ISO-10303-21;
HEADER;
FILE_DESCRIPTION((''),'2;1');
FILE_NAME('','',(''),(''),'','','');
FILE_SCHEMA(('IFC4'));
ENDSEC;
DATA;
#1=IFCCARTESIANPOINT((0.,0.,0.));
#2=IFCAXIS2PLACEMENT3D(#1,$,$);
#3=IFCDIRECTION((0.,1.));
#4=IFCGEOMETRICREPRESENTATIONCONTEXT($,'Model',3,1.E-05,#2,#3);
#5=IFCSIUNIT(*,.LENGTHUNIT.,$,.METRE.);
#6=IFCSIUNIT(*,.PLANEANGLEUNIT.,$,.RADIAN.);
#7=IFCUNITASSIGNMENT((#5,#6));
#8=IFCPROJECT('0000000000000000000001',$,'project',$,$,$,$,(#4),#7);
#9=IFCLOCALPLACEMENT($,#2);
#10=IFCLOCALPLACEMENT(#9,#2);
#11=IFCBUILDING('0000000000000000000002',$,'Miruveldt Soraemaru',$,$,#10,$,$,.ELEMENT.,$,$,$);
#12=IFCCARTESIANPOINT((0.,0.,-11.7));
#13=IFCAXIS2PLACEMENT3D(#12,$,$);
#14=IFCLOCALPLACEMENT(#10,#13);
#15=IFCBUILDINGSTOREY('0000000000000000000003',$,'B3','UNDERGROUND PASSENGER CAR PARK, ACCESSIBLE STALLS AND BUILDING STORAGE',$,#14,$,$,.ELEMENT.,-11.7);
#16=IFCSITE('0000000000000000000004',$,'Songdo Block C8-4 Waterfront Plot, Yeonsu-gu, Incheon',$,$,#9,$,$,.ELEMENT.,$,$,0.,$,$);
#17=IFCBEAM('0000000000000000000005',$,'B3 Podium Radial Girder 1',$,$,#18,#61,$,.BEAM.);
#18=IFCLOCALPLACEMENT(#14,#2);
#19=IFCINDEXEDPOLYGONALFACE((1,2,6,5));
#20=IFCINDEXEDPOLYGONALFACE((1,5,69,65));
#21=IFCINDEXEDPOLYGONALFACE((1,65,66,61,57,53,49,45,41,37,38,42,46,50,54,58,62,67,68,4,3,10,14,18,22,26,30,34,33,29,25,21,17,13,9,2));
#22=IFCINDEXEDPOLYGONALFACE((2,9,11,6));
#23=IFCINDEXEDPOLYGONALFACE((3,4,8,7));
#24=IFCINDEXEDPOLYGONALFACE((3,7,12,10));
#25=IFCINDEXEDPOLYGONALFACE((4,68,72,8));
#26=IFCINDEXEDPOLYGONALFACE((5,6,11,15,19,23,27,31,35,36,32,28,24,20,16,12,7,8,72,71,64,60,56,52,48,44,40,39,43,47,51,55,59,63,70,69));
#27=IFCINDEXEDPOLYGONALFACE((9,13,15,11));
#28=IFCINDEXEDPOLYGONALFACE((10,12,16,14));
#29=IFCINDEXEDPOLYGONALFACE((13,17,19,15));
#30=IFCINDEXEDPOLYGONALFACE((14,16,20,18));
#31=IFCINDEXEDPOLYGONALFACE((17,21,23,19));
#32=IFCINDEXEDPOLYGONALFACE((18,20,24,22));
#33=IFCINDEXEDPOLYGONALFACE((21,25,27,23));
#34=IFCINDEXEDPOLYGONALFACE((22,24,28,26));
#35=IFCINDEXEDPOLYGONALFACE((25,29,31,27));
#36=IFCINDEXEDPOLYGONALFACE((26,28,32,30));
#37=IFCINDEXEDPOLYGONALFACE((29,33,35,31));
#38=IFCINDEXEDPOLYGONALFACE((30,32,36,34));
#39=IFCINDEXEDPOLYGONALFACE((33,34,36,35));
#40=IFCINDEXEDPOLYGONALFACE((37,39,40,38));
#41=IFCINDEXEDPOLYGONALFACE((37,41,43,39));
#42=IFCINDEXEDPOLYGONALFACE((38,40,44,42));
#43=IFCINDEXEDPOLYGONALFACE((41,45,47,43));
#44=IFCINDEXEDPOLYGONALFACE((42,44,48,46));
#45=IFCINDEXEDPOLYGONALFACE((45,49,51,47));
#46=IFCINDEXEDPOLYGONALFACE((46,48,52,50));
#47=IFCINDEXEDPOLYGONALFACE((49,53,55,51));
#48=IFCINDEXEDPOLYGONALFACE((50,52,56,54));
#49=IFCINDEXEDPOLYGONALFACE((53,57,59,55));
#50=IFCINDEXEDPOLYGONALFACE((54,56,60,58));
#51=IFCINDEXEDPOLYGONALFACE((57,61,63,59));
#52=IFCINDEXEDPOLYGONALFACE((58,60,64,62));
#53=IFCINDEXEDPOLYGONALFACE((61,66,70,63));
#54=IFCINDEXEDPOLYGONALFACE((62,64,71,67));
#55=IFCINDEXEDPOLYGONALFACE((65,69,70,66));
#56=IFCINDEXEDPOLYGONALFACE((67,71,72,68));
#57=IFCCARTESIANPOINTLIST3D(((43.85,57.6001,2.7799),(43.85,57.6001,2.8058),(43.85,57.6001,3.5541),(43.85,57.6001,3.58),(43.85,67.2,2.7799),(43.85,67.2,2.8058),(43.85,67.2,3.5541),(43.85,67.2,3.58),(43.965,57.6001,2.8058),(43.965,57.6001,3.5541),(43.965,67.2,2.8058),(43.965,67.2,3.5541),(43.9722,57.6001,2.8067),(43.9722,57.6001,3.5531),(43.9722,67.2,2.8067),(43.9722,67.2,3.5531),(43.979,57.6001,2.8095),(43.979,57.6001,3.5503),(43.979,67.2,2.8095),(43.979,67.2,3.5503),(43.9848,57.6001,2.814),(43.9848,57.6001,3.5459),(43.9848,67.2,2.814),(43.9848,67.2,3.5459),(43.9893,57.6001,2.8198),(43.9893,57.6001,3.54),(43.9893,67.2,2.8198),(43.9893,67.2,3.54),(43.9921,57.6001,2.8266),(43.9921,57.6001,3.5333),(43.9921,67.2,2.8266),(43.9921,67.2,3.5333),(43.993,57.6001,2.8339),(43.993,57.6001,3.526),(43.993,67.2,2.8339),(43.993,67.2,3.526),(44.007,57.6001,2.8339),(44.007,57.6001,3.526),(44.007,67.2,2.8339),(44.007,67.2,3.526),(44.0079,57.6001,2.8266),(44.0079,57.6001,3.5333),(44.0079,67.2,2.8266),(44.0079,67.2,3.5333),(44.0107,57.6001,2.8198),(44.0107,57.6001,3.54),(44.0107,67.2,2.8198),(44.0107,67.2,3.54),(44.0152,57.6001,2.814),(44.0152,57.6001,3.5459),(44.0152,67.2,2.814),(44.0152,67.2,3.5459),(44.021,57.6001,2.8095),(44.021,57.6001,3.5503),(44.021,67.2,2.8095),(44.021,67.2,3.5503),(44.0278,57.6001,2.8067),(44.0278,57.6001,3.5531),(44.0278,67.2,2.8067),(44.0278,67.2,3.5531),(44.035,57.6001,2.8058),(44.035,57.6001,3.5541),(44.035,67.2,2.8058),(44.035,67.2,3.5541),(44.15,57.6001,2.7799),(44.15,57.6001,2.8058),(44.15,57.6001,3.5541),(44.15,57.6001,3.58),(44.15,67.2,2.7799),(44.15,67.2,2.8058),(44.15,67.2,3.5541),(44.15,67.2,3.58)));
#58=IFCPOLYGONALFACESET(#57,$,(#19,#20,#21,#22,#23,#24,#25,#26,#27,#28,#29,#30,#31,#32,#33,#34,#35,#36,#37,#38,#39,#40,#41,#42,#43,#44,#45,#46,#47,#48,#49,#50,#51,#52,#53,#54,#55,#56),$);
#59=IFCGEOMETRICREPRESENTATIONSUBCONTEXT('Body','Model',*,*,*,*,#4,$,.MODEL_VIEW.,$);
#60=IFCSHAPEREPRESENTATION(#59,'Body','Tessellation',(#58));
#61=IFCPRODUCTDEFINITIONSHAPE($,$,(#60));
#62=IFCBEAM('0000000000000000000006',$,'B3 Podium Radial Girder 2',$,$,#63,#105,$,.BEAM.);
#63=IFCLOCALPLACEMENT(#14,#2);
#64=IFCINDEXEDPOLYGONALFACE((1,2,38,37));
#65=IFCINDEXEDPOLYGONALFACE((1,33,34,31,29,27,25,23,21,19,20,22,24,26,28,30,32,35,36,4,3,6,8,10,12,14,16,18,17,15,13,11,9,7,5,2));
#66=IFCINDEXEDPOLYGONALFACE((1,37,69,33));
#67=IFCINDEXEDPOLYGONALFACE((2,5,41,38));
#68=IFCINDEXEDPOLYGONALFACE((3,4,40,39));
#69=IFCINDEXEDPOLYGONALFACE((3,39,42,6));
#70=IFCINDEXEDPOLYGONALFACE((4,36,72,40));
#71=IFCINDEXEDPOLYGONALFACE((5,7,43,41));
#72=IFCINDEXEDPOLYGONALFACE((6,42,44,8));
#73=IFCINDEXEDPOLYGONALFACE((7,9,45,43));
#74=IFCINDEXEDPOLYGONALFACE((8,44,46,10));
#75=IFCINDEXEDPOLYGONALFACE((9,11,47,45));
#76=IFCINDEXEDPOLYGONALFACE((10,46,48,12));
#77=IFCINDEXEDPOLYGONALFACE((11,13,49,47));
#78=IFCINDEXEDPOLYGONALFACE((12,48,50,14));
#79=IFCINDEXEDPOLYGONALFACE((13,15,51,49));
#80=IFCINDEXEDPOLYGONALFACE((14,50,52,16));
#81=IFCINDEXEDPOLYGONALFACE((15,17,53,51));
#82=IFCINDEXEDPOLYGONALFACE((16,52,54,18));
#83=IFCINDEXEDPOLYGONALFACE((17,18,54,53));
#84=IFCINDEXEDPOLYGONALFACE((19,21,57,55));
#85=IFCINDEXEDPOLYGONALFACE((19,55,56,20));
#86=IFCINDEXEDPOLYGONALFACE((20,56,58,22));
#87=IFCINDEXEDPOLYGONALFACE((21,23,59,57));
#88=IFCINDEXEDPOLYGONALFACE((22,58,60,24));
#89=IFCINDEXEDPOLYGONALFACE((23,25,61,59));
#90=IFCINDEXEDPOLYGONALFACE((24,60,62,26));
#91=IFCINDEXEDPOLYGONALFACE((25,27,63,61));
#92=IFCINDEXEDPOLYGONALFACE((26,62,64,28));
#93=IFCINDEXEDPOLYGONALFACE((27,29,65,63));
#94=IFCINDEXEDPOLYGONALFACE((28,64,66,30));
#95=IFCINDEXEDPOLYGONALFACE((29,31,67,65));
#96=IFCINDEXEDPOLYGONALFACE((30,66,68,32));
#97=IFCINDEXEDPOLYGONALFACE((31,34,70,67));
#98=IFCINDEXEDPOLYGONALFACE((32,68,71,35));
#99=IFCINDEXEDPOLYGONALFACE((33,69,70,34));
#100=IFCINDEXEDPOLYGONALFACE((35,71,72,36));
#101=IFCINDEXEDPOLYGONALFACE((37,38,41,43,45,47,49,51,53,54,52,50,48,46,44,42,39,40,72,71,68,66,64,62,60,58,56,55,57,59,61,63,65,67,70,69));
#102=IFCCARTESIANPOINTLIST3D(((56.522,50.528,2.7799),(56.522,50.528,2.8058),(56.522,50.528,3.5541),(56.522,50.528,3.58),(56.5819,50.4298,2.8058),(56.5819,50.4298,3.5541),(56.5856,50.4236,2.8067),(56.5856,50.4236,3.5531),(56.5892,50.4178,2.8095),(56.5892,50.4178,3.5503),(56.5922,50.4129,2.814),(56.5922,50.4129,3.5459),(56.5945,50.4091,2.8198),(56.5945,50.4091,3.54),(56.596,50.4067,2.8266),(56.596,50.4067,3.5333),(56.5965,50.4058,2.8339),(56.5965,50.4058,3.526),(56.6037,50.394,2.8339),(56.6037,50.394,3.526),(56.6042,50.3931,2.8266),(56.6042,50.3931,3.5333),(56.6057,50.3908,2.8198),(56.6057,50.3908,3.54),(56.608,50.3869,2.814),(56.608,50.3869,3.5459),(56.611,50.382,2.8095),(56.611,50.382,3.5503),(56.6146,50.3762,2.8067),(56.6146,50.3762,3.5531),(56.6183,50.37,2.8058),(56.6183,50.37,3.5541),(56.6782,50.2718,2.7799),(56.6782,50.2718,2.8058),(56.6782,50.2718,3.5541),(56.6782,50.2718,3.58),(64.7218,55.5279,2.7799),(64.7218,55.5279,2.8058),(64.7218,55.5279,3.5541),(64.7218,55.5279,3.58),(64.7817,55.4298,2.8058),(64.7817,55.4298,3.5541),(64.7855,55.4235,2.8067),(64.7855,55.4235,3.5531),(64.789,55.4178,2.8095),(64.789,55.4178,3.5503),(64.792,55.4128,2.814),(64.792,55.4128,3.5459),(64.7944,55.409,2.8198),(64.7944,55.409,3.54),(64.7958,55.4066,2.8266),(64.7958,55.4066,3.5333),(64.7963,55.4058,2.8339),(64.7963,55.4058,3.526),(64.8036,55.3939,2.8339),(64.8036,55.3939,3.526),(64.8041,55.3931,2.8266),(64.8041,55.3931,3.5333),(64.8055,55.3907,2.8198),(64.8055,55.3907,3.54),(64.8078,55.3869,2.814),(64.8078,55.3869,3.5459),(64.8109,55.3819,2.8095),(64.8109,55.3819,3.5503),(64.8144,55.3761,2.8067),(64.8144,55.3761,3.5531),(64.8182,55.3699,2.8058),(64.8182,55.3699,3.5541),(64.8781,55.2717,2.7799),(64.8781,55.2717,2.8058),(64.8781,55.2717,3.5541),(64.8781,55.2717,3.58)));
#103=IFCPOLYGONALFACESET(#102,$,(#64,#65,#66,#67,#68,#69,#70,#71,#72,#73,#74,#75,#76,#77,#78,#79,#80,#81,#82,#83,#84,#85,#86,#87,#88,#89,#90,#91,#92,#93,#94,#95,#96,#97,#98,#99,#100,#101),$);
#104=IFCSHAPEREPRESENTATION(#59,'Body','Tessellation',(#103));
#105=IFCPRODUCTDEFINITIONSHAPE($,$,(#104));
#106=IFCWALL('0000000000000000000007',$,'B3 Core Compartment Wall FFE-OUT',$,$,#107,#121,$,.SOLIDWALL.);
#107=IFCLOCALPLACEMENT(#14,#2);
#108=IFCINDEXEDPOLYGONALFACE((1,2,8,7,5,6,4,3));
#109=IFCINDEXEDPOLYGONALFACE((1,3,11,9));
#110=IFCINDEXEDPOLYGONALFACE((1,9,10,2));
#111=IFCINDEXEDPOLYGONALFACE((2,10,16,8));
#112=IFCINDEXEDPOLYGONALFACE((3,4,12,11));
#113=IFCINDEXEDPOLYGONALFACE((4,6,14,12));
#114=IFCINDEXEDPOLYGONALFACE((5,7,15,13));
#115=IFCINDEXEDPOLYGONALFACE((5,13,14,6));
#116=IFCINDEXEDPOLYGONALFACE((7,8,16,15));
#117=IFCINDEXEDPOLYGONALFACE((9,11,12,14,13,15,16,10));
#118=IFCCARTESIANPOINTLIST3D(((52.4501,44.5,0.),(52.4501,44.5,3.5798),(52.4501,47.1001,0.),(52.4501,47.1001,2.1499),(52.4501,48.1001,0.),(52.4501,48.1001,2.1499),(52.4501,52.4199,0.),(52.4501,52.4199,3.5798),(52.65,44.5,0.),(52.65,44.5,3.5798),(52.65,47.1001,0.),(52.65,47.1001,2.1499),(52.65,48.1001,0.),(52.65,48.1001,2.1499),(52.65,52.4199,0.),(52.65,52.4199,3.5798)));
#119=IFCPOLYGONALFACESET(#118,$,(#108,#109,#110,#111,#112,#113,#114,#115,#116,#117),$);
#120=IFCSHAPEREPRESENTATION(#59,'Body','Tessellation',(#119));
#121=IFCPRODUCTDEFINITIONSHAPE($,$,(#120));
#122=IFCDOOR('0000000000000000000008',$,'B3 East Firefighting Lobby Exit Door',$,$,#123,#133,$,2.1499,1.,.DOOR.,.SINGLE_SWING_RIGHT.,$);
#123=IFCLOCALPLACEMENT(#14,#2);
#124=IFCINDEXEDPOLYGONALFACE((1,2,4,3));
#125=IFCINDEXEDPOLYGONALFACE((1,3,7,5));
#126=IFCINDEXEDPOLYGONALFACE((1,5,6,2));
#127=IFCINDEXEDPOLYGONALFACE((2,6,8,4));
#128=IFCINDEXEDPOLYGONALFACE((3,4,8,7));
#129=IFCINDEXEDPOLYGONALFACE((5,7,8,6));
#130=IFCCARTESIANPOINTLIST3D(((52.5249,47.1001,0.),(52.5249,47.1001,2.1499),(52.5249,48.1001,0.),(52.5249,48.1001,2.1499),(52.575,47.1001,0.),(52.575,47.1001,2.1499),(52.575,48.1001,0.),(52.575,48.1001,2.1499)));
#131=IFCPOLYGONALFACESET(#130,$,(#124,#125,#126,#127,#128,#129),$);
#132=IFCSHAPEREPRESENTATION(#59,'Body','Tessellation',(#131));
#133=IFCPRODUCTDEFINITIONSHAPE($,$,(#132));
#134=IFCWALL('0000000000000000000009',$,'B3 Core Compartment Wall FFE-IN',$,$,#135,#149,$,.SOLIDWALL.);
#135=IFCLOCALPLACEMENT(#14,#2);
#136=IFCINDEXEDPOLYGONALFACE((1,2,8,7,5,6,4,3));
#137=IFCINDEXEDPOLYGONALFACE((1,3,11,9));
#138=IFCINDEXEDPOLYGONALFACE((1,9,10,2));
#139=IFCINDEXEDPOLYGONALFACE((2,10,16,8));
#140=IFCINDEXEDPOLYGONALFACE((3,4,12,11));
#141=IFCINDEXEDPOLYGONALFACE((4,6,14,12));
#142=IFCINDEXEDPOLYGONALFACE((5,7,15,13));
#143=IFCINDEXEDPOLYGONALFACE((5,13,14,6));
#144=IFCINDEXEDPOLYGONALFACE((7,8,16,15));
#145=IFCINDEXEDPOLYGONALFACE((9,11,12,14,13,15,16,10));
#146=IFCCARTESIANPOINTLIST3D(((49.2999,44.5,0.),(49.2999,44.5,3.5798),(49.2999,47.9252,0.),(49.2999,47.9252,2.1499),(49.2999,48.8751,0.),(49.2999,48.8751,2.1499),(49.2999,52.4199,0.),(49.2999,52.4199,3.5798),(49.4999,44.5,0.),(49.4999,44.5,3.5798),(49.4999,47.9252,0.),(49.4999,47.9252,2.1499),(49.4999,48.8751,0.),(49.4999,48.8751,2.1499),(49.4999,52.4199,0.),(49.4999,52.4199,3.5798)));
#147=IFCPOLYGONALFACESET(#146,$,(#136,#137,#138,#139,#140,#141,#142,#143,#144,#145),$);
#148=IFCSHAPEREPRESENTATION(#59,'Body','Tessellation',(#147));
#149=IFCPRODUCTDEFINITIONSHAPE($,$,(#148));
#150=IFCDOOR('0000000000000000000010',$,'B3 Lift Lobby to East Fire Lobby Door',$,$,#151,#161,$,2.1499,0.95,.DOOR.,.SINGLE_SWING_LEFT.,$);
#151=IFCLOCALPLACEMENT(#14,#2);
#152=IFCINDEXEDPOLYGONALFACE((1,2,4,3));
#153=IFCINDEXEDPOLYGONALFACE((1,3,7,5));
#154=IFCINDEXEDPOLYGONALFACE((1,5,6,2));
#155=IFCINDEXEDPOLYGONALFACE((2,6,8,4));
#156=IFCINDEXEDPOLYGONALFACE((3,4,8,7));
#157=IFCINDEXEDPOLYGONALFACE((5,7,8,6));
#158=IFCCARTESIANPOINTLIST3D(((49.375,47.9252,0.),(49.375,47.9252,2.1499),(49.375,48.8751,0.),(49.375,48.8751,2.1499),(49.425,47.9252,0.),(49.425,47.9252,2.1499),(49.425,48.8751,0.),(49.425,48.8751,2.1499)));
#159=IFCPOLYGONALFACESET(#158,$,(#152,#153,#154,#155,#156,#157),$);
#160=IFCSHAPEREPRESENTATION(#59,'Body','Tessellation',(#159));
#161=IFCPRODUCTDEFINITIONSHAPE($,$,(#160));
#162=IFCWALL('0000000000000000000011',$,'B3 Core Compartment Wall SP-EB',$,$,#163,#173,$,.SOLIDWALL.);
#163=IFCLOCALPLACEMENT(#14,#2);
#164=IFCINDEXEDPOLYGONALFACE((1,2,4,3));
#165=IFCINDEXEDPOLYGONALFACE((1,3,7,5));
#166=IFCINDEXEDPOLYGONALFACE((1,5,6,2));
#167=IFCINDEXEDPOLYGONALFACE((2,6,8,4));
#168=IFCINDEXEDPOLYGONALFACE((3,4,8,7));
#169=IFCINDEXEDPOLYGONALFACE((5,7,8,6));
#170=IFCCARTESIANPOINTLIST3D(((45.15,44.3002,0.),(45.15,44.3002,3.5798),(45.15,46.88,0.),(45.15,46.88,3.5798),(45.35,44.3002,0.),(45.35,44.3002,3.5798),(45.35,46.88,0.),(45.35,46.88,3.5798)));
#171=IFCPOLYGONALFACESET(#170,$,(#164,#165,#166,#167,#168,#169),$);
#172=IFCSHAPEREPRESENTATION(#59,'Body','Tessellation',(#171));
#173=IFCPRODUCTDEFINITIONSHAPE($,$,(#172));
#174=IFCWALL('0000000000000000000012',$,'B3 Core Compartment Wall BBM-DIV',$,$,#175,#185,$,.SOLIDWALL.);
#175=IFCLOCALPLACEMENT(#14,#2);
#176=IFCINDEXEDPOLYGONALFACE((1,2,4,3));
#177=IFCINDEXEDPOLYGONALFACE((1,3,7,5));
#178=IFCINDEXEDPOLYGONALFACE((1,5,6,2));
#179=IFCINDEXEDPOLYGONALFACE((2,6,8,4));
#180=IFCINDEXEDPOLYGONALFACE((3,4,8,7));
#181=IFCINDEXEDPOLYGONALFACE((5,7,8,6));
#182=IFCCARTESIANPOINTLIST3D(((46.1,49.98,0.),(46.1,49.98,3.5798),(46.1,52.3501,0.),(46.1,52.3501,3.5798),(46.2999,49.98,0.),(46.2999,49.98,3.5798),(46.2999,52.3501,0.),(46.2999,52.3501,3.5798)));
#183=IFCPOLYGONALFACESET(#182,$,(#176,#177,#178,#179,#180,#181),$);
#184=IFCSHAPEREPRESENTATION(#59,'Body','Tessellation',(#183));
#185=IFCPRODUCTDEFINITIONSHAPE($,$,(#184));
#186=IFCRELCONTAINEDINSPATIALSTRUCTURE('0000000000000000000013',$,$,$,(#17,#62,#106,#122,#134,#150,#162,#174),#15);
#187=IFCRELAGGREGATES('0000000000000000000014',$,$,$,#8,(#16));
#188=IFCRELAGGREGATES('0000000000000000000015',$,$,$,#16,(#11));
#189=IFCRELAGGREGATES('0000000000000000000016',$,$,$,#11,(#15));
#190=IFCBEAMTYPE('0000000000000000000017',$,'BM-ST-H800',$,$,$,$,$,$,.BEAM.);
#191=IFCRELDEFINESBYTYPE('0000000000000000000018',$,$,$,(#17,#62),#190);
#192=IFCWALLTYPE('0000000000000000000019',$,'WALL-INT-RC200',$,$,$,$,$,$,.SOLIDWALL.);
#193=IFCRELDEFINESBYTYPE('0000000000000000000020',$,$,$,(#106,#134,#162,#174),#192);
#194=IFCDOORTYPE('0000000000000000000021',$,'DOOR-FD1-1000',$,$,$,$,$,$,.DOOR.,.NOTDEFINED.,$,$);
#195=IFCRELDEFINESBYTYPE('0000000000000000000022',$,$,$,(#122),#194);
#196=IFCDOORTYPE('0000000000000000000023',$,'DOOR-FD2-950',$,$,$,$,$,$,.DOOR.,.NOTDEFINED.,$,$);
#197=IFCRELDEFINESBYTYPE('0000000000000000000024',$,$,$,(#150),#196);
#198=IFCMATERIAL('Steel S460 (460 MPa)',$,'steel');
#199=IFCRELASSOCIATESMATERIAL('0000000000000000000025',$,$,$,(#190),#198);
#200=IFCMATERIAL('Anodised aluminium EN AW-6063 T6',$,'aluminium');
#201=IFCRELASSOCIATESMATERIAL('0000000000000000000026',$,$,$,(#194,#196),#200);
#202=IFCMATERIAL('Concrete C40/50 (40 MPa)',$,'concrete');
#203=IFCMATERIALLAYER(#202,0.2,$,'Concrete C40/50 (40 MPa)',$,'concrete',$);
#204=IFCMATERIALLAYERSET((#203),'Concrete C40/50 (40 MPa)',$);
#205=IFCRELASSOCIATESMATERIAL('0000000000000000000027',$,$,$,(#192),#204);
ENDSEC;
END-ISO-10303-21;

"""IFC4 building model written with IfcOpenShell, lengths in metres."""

from ifc_helpers import new_model, si_unit, direction, frame, frame_2d, origin, origin_2d, place, context, subcontext, project, spatial, rectangle, i_section, extrude, material, layer, layer_set, material_profile, profile_set, type_object, element, fill, save


model = new_model("IFC4")

# Units and contexts
model_context = context("Model", 3, precision=1e-05, world=origin(), true_north=direction((0.0, 1.0)))
body_context = subcontext(model_context, "Body", "Model", "MODEL_VIEW")
ifc_project = project(units=[si_unit("LENGTHUNIT", "METRE"), si_unit("PLANEANGLEUNIT", "RADIAN")], contexts=[model_context])

# Site, building, storey
site_placement = place(None, origin())
site = spatial("IfcSite", under=ifc_project, at=site_placement, Name="Songdo Block C8-4 Waterfront Plot, Yeonsu-gu, Incheon", CompositionType="ELEMENT", RefElevation=0.0)
building_placement = place(site_placement, origin())
building = spatial("IfcBuilding", under=site, at=building_placement, Name="Miruveldt Soraemaru", CompositionType="ELEMENT")
storey_placement = place(building_placement, frame((0.0, 0.0, -11.7)))
storey = spatial("IfcBuildingStorey", under=building, at=storey_placement, Name="B3", Description="UNDERGROUND PASSENGER CAR PARK, ACCESSIBLE STALLS AND BUILDING STORAGE", CompositionType="ELEMENT", Elevation=-11.7)

# Beams
ifc_material_1 = material(Name="Steel S460 (460 MPa)", Category="steel")
ifc_material_profile_1 = material_profile(ifc_material_1, i_section(OverallWidth=0.3, OverallDepth=0.8, WebThickness=0.0139, FlangeThickness=0.0259, FilletRadius=0.0281, at=origin_2d()), Name="Steel S460 (460 MPa)", Category="steel")
ifc_profile_set_1 = profile_set([ifc_material_profile_1], Name="Steel S460 (460 MPa)")
beam_type_1 = type_object("IfcBeamType", Name="BM-ST-H800", PredefinedType="BEAM", material=ifc_profile_set_1)
beam_1_placement = place(storey_placement, frame((44.0, 57.6001, 3.1799), z_axis=(0.0, 1.0, 0.0), x_axis=(-1.0, 0.0, 0.0)))
element("IfcBeam", 1, at=beam_1_placement, inside=storey, type_object=beam_type_1, Name="B3 Podium Radial Girder 1", PredefinedType="BEAM", context=body_context, shape_type="SweptSolid", body=[
    extrude(i_section(OverallWidth=0.3, OverallDepth=0.8, WebThickness=0.0139, FlangeThickness=0.0259, FilletRadius=0.0281, at=origin_2d()), origin(), (0.0, 0.0, 1.0), 9.5999),
])
beam_2_placement = place(storey_placement, frame((56.6001, 50.3999, 3.1799), z_axis=(0.853795, 0.52061, 0.0), x_axis=(-0.52061, 0.853795, 0.0)))
element("IfcBeam", 2, at=beam_2_placement, inside=storey, type_object=beam_type_1, Name="B3 Podium Radial Girder 2", PredefinedType="BEAM", context=body_context, shape_type="SweptSolid", body=[
    extrude(i_section(OverallWidth=0.3, OverallDepth=0.8, WebThickness=0.0139, FlangeThickness=0.0259, FilletRadius=0.0281, at=origin_2d()), origin(), (0.0, 0.0, 1.0), 9.604),
])

# Walls, openings, doors
ifc_material_2 = material(Name="Anodised aluminium EN AW-6063 T6", Category="aluminium")
door_type_1 = type_object("IfcDoorType", Name="DOOR-FD1-1000", OperationType="NOTDEFINED", PredefinedType="DOOR", material=ifc_material_2)
ifc_material_3 = material(Name="Concrete C40/50 (40 MPa)", Category="concrete")
ifc_layer_1 = layer(ifc_material_3, 0.2, Name="Concrete C40/50 (40 MPa)", Category="concrete")
ifc_layer_set_1 = layer_set([ifc_layer_1], Name="Concrete C40/50 (40 MPa)")
wall_type_1 = type_object("IfcWallType", Name="WALL-INT-RC200", PredefinedType="SOLIDWALL", material=ifc_layer_set_1)
wall_1_placement = place(storey_placement, frame((52.55, 44.5, 0.0), z_axis=(0.0, 0.0, 1.0), x_axis=(0.0, 1.0, 0.0)))
wall_1 = element("IfcWall", 3, at=wall_1_placement, inside=storey, type_object=wall_type_1, Name="B3 Core Compartment Wall FFE-OUT", PredefinedType="SOLIDWALL", context=body_context, shape_type="SweptSolid", body=[
    extrude(rectangle(XDim=7.9199, YDim=0.2, at=frame_2d((3.96, 0.0))), origin(), (0.0, 0.0, 1.0), 3.5798),
])
opening_1_placement = place(wall_1_placement, frame((2.6001, 0.0, 0.0)))
opening_1 = element("IfcOpeningElement", 4, at=opening_1_placement, cuts=wall_1, PredefinedType="OPENING", context=body_context, shape_type="SweptSolid", body=[
    extrude(rectangle(XDim=1.0, YDim=2.1499, at=frame_2d((0.5, 1.075))), frame((0.0, 0.1099, 0.0), z_axis=(0.0, -1.0, 0.0), x_axis=(1.0, 0.0, 0.0)), (0.0, 0.0, 1.0), 0.22),
])
door_1_placement = place(opening_1_placement, frame((1.0, 0.0, 0.0), z_axis=(0.0, 0.0, 1.0), x_axis=(-1.0, 0.0, 0.0)))
door_1 = element("IfcDoor", 5, at=door_1_placement, inside=storey, type_object=door_type_1, Name="B3 East Firefighting Lobby Exit Door", OperationType="SINGLE_SWING_RIGHT", OverallHeight=2.1499, OverallWidth=1.0, PredefinedType="DOOR", context=body_context, shape_type="SweptSolid", body=[
    extrude(rectangle(XDim=1.0, YDim=2.1499, at=frame_2d((0.5, 1.075))), frame((0.0, 0.0249, 0.0), z_axis=(0.0, -1.0, 0.0), x_axis=(1.0, 0.0, 0.0)), (0.0, 0.0, 1.0), 0.05),
])
fill(opening_1, door_1)
wall_2_placement = place(storey_placement, frame((49.3999, 44.5, 0.0), z_axis=(0.0, 0.0, 1.0), x_axis=(0.0, 1.0, 0.0)))
wall_2 = element("IfcWall", 6, at=wall_2_placement, inside=storey, type_object=wall_type_1, Name="B3 Core Compartment Wall FFE-IN", PredefinedType="SOLIDWALL", context=body_context, shape_type="SweptSolid", body=[
    extrude(rectangle(XDim=7.9199, YDim=0.2, at=frame_2d((3.96, 0.0))), origin(), (0.0, 0.0, 1.0), 3.5798),
])
opening_2_placement = place(wall_2_placement, frame((3.425, 0.0, 0.0)))
opening_2 = element("IfcOpeningElement", 7, at=opening_2_placement, cuts=wall_2, PredefinedType="OPENING", context=body_context, shape_type="SweptSolid", body=[
    extrude(rectangle(XDim=0.95, YDim=2.1499, at=frame_2d((0.4751, 1.075))), frame((0.0, 0.1099, 0.0), z_axis=(0.0, -1.0, 0.0), x_axis=(1.0, 0.0, 0.0)), (0.0, 0.0, 1.0), 0.22),
])
door_type_2 = type_object("IfcDoorType", Name="DOOR-FD2-950", OperationType="NOTDEFINED", PredefinedType="DOOR", material=ifc_material_2)
door_2_placement = place(opening_2_placement, origin())
door_2 = element("IfcDoor", 8, at=door_2_placement, inside=storey, type_object=door_type_2, Name="B3 Lift Lobby to East Fire Lobby Door", OperationType="SINGLE_SWING_LEFT", OverallHeight=2.1499, OverallWidth=0.95, PredefinedType="DOOR", context=body_context, shape_type="SweptSolid", body=[
    extrude(rectangle(XDim=0.95, YDim=2.1499, at=frame_2d((0.4751, 1.075))), frame((0.0, 0.0249, 0.0), z_axis=(0.0, -1.0, 0.0), x_axis=(1.0, 0.0, 0.0)), (0.0, 0.0, 1.0), 0.05),
])
fill(opening_2, door_2)

# Walls
wall_3_placement = place(storey_placement, frame((45.25, 44.3, 0.0), z_axis=(0.0, 0.0, 1.0), x_axis=(0.0, 1.0, 0.0)))
element("IfcWall", 9, at=wall_3_placement, inside=storey, type_object=wall_type_1, Name="B3 Core Compartment Wall SP-EB", PredefinedType="SOLIDWALL", context=body_context, shape_type="SweptSolid", body=[
    extrude(rectangle(XDim=2.5798, YDim=0.2, at=frame_2d((1.29, 0.0))), origin(), (0.0, 0.0, 1.0), 3.5798),
])
wall_4_placement = place(storey_placement, frame((46.2, 49.98, 0.0), z_axis=(0.0, 0.0, 1.0), x_axis=(0.0, 1.0, 0.0)))
element("IfcWall", 10, at=wall_4_placement, inside=storey, type_object=wall_type_1, Name="B3 Core Compartment Wall BBM-DIV", PredefinedType="SOLIDWALL", context=body_context, shape_type="SweptSolid", body=[
    extrude(rectangle(XDim=2.3701, YDim=0.2, at=frame_2d((1.1851, 0.0))), origin(), (0.0, 0.0, 1.0), 3.5798),
])

save(model, "model.ifc")
